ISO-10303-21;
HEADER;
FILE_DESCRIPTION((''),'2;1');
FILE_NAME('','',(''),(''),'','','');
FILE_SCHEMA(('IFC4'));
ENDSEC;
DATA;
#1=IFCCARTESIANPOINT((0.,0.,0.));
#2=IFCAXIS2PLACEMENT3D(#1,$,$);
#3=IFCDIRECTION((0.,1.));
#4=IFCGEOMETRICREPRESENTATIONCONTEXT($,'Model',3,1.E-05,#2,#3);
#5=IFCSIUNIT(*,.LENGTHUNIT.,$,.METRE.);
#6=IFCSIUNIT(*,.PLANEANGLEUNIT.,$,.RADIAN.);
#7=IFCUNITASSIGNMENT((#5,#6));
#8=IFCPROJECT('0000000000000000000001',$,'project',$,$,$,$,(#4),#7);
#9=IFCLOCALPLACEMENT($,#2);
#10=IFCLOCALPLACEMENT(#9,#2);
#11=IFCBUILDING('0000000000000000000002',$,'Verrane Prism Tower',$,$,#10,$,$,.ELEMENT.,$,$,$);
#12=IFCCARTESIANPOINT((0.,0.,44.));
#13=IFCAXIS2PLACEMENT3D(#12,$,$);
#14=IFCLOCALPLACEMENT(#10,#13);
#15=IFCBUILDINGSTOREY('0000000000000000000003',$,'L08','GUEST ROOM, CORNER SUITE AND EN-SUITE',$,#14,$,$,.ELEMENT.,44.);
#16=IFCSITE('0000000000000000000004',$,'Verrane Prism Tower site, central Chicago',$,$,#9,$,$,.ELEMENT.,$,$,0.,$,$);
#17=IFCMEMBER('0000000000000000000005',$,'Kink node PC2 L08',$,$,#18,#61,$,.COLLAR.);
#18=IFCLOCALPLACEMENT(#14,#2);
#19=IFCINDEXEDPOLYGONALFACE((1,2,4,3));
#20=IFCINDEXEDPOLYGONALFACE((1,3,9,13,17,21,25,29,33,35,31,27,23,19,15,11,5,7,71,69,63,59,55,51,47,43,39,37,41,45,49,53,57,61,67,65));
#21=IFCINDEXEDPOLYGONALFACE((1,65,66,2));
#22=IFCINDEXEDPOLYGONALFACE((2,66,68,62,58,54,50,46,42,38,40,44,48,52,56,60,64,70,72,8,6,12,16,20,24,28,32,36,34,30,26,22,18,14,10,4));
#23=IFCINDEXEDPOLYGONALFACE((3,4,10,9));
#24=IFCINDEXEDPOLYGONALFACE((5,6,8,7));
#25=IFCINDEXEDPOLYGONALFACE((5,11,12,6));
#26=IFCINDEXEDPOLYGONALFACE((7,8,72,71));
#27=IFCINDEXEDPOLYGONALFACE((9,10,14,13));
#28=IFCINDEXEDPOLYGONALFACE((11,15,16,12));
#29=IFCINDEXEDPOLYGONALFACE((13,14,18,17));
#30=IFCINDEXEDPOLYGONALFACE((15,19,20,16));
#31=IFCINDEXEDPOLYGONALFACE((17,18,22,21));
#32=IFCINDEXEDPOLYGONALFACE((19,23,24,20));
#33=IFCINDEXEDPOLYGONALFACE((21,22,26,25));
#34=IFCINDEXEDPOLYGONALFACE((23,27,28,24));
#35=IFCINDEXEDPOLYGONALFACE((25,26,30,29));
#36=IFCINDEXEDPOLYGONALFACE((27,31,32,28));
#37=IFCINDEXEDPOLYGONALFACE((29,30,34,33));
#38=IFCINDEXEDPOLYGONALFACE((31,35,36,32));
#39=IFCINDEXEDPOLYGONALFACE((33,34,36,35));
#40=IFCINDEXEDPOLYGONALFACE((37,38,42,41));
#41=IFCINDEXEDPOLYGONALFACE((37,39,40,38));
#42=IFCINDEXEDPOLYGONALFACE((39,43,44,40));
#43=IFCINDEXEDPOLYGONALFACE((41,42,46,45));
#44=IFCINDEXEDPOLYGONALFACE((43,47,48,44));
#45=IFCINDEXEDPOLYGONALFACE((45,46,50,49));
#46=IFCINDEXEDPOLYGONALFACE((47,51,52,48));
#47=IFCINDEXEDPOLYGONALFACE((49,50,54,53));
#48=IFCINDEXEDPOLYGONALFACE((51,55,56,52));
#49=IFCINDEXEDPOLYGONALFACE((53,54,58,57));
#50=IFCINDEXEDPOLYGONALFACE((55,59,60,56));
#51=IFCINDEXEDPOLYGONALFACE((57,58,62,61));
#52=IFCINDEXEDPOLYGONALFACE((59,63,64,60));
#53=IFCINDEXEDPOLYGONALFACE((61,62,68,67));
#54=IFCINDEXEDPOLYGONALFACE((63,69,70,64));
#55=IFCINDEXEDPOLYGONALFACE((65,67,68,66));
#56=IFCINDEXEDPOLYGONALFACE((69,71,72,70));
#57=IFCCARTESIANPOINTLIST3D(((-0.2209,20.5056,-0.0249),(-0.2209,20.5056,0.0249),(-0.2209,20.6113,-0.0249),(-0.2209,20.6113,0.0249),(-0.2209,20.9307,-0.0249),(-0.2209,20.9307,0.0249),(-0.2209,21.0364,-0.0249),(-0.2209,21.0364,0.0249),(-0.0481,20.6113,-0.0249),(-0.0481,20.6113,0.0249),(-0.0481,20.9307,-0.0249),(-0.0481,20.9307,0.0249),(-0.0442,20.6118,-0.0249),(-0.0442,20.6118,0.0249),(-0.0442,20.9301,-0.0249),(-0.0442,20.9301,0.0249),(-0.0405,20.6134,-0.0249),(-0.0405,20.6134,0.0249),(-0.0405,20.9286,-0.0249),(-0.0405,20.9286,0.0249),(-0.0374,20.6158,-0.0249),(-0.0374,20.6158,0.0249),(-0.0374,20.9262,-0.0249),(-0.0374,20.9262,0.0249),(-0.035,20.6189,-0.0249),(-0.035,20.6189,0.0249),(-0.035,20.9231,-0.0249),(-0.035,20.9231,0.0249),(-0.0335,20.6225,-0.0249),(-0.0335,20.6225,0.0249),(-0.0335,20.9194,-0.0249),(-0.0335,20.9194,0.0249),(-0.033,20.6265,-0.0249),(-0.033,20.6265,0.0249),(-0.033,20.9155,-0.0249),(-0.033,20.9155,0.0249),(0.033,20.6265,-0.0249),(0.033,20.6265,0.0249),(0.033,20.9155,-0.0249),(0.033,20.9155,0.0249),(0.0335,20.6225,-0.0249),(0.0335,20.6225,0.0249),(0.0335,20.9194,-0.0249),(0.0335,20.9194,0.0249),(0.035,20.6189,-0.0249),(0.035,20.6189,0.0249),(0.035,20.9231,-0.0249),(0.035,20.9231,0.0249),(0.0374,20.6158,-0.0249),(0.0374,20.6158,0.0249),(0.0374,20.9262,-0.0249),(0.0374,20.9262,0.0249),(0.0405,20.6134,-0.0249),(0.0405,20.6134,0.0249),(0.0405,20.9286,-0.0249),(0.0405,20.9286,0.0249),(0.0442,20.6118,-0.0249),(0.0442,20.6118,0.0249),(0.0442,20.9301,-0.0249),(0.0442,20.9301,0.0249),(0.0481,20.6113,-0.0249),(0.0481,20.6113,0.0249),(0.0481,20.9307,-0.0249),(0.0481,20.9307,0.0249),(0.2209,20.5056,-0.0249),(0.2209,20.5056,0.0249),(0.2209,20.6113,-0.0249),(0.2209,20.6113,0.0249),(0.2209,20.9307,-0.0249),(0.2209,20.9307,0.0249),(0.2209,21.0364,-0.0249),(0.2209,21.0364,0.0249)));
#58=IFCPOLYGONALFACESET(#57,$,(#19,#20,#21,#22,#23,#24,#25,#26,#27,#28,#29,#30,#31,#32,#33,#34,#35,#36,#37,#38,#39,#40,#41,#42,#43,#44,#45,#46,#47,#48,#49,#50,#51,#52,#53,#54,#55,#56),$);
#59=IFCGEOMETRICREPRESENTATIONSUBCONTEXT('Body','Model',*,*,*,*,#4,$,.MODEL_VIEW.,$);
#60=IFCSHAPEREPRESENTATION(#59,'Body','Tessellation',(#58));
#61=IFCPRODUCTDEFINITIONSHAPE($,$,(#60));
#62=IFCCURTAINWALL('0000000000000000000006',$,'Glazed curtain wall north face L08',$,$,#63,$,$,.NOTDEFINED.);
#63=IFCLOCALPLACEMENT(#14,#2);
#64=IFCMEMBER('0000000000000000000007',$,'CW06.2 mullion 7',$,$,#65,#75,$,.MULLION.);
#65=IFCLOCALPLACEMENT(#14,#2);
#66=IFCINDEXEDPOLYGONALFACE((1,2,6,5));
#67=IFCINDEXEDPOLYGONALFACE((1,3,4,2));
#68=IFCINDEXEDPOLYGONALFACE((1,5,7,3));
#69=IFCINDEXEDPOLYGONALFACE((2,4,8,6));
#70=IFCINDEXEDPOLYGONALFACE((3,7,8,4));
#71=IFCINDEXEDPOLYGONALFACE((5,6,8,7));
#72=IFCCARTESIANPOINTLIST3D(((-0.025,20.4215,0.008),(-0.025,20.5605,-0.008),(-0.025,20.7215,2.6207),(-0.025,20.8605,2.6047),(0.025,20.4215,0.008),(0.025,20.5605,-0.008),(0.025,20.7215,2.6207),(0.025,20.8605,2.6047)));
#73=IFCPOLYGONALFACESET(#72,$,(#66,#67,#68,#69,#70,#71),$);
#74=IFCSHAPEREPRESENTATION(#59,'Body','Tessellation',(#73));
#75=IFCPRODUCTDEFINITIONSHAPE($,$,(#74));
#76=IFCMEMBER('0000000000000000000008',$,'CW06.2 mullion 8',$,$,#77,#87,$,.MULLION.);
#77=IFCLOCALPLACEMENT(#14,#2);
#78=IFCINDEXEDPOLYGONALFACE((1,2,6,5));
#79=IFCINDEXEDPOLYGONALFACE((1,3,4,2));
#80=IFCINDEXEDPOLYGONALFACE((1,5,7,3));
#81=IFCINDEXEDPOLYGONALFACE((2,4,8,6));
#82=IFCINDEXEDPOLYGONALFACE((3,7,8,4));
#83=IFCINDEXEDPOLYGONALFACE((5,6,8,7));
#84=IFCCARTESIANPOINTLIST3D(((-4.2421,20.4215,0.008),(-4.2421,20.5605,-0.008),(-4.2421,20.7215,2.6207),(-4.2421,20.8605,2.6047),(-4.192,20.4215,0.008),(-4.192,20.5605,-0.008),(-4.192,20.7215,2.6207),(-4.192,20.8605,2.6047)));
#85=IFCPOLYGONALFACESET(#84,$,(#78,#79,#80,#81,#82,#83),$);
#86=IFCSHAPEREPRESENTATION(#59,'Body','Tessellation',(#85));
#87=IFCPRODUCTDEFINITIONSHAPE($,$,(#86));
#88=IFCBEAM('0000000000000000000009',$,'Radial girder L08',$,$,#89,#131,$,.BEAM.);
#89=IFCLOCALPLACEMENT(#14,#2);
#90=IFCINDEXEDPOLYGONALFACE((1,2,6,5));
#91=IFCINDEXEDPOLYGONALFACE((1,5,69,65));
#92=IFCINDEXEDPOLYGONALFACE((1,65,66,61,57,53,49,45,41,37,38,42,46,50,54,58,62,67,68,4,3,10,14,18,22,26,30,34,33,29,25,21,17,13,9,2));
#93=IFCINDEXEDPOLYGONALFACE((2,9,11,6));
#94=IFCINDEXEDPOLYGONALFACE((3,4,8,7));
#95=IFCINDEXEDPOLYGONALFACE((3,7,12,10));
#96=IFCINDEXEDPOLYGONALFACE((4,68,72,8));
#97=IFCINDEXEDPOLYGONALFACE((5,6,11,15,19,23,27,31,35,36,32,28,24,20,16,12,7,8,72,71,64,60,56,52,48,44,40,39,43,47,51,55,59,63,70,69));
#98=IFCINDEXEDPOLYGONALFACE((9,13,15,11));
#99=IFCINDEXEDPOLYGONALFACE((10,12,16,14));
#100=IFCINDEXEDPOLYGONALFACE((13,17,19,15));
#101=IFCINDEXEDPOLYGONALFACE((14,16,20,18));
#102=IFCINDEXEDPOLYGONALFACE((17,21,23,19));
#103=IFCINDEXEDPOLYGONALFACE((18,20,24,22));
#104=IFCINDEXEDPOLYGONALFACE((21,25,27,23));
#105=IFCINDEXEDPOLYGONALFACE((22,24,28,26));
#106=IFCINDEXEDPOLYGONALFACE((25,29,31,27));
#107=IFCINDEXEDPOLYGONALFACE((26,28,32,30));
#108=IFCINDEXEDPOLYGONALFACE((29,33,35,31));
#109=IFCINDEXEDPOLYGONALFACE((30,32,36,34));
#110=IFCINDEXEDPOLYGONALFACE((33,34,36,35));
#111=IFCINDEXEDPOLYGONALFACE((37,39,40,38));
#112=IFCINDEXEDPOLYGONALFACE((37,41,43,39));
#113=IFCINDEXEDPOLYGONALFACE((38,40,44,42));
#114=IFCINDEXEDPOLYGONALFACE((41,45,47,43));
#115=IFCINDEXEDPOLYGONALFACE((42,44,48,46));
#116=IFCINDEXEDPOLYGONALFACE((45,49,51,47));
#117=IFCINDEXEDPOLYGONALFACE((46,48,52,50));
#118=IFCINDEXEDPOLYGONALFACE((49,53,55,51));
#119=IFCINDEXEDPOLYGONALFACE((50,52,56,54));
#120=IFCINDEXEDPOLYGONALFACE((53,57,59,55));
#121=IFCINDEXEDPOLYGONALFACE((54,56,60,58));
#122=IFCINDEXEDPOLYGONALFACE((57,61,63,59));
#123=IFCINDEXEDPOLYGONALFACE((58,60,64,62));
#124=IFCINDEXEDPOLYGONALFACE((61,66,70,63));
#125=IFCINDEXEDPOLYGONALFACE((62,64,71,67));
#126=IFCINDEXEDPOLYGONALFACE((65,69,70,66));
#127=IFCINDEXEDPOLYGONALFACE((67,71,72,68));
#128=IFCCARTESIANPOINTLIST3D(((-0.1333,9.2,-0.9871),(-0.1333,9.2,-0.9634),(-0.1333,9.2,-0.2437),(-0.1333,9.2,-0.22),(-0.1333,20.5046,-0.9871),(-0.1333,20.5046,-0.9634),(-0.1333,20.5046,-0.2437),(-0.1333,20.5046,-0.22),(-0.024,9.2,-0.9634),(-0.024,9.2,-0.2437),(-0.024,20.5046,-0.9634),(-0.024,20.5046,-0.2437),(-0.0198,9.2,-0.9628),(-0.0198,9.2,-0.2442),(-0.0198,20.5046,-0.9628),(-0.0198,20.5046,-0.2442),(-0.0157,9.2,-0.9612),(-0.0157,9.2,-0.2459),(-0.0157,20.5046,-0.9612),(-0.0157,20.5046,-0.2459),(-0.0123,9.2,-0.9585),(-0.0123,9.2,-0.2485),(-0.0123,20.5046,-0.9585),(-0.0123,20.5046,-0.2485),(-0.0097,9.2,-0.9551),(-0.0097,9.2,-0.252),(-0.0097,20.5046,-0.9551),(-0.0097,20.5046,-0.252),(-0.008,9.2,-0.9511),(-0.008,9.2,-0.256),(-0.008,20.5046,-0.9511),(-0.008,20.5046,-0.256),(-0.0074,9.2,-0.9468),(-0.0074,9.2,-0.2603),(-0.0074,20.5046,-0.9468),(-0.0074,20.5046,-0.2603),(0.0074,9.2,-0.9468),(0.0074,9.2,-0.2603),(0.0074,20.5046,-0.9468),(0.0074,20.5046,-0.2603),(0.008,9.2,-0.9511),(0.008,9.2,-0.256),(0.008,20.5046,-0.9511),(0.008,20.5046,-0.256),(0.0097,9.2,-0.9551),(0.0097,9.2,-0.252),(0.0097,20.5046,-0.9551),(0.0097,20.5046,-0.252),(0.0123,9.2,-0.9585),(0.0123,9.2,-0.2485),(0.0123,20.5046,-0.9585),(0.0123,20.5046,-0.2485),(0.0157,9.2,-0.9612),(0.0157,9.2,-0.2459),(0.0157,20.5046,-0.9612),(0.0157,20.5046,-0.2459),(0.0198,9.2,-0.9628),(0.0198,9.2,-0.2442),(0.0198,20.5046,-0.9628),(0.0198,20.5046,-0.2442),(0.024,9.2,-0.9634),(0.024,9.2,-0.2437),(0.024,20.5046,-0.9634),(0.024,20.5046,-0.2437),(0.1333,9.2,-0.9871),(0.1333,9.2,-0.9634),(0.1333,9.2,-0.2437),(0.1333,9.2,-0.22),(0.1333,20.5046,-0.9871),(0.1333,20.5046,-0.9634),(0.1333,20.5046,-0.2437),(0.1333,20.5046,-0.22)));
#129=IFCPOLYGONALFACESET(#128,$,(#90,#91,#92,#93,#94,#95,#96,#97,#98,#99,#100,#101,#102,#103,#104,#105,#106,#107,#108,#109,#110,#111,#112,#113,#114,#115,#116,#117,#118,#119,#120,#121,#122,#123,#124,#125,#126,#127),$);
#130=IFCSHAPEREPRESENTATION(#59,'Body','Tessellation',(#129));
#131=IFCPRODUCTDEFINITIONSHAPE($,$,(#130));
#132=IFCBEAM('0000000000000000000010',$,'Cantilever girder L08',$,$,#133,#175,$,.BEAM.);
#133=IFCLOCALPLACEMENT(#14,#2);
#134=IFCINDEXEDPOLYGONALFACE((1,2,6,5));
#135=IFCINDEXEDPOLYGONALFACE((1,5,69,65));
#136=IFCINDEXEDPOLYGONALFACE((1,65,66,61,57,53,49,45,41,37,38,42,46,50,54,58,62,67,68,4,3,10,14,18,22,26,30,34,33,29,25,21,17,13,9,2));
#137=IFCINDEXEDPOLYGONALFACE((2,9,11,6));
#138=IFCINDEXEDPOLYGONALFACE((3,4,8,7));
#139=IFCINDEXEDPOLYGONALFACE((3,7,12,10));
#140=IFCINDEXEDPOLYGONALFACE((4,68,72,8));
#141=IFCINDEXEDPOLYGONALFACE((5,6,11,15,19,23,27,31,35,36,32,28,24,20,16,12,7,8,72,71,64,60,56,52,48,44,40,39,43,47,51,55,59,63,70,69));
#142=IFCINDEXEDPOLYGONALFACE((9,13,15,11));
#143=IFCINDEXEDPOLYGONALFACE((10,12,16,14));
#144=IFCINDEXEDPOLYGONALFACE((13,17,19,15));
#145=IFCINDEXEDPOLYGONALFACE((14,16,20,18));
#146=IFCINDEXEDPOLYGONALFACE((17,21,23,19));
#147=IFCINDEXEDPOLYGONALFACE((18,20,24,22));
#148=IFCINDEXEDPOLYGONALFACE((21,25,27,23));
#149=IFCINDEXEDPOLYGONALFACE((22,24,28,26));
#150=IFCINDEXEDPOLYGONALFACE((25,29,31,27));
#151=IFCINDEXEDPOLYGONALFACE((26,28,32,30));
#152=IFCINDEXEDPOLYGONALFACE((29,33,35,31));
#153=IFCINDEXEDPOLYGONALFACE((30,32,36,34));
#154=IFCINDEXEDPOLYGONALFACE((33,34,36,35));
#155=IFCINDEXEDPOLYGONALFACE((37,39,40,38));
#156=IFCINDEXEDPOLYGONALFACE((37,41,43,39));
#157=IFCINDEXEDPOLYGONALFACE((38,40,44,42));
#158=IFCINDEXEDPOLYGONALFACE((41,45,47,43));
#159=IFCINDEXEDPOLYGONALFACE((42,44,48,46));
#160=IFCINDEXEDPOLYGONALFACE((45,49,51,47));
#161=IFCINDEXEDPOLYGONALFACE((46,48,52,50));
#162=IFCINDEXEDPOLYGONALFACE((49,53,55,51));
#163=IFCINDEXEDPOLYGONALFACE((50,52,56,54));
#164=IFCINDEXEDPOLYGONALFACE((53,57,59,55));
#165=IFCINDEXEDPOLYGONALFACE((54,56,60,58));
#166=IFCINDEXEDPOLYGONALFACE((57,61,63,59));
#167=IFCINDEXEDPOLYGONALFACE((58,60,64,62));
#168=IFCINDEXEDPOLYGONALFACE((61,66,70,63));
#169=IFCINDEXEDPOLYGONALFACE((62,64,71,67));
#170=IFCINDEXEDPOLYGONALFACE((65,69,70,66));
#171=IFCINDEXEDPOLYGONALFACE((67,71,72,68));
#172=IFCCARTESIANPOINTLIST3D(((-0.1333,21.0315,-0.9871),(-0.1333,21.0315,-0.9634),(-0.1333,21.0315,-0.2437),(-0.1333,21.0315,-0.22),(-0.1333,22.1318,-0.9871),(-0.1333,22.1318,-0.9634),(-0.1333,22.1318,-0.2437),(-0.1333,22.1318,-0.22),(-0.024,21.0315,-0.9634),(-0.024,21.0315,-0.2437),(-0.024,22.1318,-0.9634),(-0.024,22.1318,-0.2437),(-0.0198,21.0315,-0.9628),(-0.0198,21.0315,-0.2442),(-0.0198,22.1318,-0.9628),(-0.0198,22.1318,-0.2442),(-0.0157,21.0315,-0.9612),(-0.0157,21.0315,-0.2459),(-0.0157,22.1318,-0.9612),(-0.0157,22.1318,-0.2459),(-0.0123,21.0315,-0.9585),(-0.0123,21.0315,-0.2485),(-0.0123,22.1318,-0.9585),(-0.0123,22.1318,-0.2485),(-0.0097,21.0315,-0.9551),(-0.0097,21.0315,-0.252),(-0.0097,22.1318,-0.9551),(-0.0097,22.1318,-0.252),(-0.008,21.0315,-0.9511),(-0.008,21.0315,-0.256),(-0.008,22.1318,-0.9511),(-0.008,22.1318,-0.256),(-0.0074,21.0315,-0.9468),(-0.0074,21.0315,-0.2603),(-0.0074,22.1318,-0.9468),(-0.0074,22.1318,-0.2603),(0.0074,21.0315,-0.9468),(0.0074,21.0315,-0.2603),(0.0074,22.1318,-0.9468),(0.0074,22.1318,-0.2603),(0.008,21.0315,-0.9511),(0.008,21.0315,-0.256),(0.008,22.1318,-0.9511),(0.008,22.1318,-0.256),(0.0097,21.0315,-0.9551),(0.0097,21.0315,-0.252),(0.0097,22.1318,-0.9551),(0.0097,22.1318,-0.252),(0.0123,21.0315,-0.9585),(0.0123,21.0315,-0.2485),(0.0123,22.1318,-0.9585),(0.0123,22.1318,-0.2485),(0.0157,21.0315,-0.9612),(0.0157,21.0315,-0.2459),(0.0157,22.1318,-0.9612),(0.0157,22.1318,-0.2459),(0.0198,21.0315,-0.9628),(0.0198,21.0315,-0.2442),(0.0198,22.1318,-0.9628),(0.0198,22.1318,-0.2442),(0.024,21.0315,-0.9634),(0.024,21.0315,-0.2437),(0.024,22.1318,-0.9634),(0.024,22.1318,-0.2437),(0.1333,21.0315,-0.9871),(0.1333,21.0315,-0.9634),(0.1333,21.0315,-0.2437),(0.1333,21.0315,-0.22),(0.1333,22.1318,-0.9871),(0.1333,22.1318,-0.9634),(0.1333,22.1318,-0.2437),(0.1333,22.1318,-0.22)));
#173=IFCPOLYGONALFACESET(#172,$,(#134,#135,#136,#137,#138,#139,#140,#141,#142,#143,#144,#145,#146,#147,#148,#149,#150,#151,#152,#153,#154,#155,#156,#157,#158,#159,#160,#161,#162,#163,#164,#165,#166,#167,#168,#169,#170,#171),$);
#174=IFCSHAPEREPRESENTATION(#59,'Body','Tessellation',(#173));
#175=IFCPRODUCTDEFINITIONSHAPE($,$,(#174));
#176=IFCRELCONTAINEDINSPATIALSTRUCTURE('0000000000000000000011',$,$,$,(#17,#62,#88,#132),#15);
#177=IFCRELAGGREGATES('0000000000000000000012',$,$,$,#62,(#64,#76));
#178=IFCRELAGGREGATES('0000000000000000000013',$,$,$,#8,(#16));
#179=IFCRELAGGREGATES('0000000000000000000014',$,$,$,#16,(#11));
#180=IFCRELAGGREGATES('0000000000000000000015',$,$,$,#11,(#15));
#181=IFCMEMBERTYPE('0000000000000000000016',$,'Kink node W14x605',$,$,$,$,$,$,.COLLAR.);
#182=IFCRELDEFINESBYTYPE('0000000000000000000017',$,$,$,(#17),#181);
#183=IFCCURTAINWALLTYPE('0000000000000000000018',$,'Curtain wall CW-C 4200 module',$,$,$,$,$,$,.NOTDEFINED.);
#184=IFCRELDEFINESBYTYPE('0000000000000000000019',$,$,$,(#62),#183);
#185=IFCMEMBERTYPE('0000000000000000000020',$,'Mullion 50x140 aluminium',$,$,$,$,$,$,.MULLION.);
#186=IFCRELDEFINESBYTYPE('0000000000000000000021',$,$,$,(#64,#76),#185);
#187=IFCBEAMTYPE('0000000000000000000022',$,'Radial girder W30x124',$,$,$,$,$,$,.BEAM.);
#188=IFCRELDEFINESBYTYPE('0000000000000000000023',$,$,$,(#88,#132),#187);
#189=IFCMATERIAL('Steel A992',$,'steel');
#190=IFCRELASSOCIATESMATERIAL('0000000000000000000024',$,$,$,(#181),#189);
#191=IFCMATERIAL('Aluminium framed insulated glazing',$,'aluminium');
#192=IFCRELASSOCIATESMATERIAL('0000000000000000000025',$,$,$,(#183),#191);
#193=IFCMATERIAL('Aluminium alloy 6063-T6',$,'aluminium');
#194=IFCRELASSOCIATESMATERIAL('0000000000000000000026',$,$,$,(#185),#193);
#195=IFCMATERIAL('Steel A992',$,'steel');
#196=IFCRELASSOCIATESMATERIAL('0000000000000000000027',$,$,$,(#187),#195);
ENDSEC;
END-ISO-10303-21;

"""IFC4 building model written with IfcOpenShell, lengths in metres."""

from ifc_helpers import new_model, si_unit, direction, frame, origin, origin_2d, place, context, subcontext, project, spatial, rectangle, i_section, extrude, material, material_profile, profile_set, type_object, element, aggregate, save


model = new_model("IFC4")

# Units and contexts
model_context = context("Model", 3, precision=1e-05, world=origin(), true_north=direction((0.0, 1.0)))
body_context = subcontext(model_context, "Body", "Model", "MODEL_VIEW")
ifc_project = project(units=[si_unit("LENGTHUNIT", "METRE"), si_unit("PLANEANGLEUNIT", "RADIAN")], contexts=[model_context])

# Site, building, storey
site_placement = place(None, origin())
site = spatial("IfcSite", under=ifc_project, at=site_placement, Name="Verrane Prism Tower site, central Chicago", CompositionType="ELEMENT", RefElevation=0.0)
building_placement = place(site_placement, origin())
building = spatial("IfcBuilding", under=site, at=building_placement, Name="Verrane Prism Tower", CompositionType="ELEMENT")
storey_placement = place(building_placement, frame((0.0, 0.0, 44.0)))
storey = spatial("IfcBuildingStorey", under=building, at=storey_placement, Name="L08", Description="GUEST ROOM, CORNER SUITE AND EN-SUITE", CompositionType="ELEMENT", Elevation=44.0)

# Member
ifc_material_1 = material(Name="Steel A992", Category="steel")
ifc_material_profile_1 = material_profile(ifc_material_1, i_section(OverallWidth=0.4419, OverallDepth=0.5308, WebThickness=0.0659, FlangeThickness=0.1057, FilletRadius=0.0151, at=origin_2d()), Name="W14x605")
ifc_profile_set_1 = profile_set([ifc_material_profile_1], Name="Steel A992")
member_type_1 = type_object("IfcMemberType", Name="Kink node W14x605", PredefinedType="COLLAR", material=ifc_profile_set_1)
member_1_placement = place(storey_placement, frame((0.0, 20.771, -0.0249), z_axis=(0.0, 0.0, 1.0), x_axis=(1.0, 0.0, 0.0)))
element("IfcMember", 1, at=member_1_placement, inside=storey, type_object=member_type_1, Name="Kink node PC2 L08", PredefinedType="COLLAR", context=body_context, shape_type="SweptSolid", body=[
    extrude(i_section(OverallWidth=0.4419, OverallDepth=0.5308, WebThickness=0.0659, FlangeThickness=0.1057, FilletRadius=0.0151, at=origin_2d()), origin(), (0.0, 0.0, 1.0), 0.0498),
])

# Curtain wall, members
ifc_material_2 = material(Name="Aluminium framed insulated glazing", Category="aluminium")
curtain_wall_type = type_object("IfcCurtainWallType", Name="Curtain wall CW-C 4200 module", PredefinedType="NOTDEFINED", material=ifc_material_2)
curtain_wall_placement = place(storey_placement, origin())
curtain_wall = element("IfcCurtainWall", 2, at=curtain_wall_placement, inside=storey, type_object=curtain_wall_type, Name="Glazed curtain wall north face L08", PredefinedType="NOTDEFINED")
ifc_material_3 = material(Name="Aluminium alloy 6063-T6", Category="aluminium")
ifc_material_profile_2 = material_profile(ifc_material_3, rectangle(XDim=0.1399, YDim=0.05, at=origin_2d()), Name="Mullion 50x140 aluminium")
ifc_profile_set_2 = profile_set([ifc_material_profile_2], Name="Aluminium alloy 6063-T6")
member_type_2 = type_object("IfcMemberType", Name="Mullion 50x140 aluminium", PredefinedType="MULLION", material=ifc_profile_set_2)
member_2_placement = place(storey_placement, frame((0.0, 20.491, 0.0), z_axis=(0.0, 0.114089, 0.993471), x_axis=(0.0, 0.993471, -0.114089)))
member_2 = element("IfcMember", 3, at=member_2_placement, type_object=member_type_2, Name="CW06.2 mullion 7", PredefinedType="MULLION", context=body_context, shape_type="SweptSolid", body=[
    extrude(rectangle(XDim=0.1399, YDim=0.05, at=origin_2d()), origin(), (0.0, 0.0, 1.0), 2.6299),
])
member_3_placement = place(storey_placement, frame((-4.217, 20.491, 0.0), z_axis=(0.0, 0.114089, 0.993471), x_axis=(0.0, 0.993471, -0.114089)))
member_3 = element("IfcMember", 4, at=member_3_placement, type_object=member_type_2, Name="CW06.2 mullion 8", PredefinedType="MULLION", context=body_context, shape_type="SweptSolid", body=[
    extrude(rectangle(XDim=0.1399, YDim=0.05, at=origin_2d()), origin(), (0.0, 0.0, 1.0), 2.6299),
])

# Beams
ifc_material_4 = material(Name="Steel A992", Category="steel")
ifc_material_profile_3 = material_profile(ifc_material_4, i_section(OverallWidth=0.2666, OverallDepth=0.7671, WebThickness=0.0149, FlangeThickness=0.0237, FilletRadius=0.0166, at=origin_2d()), Name="W30x124")
ifc_profile_set_3 = profile_set([ifc_material_profile_3], Name="Steel A992")
beam_type_1 = type_object("IfcBeamType", Name="Radial girder W30x124", PredefinedType="BEAM", material=ifc_profile_set_3)
beam_1_placement = place(storey_placement, frame((0.0, 20.5046, -0.6035), z_axis=(0.0, -1.0, 0.0), x_axis=(1.0, 0.0, 0.0)))
element("IfcBeam", 5, at=beam_1_placement, inside=storey, type_object=beam_type_1, Name="Radial girder L08", PredefinedType="BEAM", context=body_context, shape_type="SweptSolid", body=[
    extrude(i_section(OverallWidth=0.2666, OverallDepth=0.7671, WebThickness=0.0149, FlangeThickness=0.0237, FilletRadius=0.0166, at=origin_2d()), origin(), (0.0, 0.0, 1.0), 11.3047),
])
beam_2_placement = place(storey_placement, frame((0.0, 21.0315, -0.6035), z_axis=(0.0, 1.0, 0.0), x_axis=(-1.0, 0.0, 0.0)))
element("IfcBeam", 6, at=beam_2_placement, inside=storey, type_object=beam_type_1, Name="Cantilever girder L08", PredefinedType="BEAM", context=body_context, shape_type="SweptSolid", body=[
    extrude(i_section(OverallWidth=0.2666, OverallDepth=0.7671, WebThickness=0.0149, FlangeThickness=0.0237, FilletRadius=0.0166, at=origin_2d()), origin(), (0.0, 0.0, 1.0), 1.1003),
])

aggregate(curtain_wall, [member_2, member_3])

save(model, "model.ifc")
